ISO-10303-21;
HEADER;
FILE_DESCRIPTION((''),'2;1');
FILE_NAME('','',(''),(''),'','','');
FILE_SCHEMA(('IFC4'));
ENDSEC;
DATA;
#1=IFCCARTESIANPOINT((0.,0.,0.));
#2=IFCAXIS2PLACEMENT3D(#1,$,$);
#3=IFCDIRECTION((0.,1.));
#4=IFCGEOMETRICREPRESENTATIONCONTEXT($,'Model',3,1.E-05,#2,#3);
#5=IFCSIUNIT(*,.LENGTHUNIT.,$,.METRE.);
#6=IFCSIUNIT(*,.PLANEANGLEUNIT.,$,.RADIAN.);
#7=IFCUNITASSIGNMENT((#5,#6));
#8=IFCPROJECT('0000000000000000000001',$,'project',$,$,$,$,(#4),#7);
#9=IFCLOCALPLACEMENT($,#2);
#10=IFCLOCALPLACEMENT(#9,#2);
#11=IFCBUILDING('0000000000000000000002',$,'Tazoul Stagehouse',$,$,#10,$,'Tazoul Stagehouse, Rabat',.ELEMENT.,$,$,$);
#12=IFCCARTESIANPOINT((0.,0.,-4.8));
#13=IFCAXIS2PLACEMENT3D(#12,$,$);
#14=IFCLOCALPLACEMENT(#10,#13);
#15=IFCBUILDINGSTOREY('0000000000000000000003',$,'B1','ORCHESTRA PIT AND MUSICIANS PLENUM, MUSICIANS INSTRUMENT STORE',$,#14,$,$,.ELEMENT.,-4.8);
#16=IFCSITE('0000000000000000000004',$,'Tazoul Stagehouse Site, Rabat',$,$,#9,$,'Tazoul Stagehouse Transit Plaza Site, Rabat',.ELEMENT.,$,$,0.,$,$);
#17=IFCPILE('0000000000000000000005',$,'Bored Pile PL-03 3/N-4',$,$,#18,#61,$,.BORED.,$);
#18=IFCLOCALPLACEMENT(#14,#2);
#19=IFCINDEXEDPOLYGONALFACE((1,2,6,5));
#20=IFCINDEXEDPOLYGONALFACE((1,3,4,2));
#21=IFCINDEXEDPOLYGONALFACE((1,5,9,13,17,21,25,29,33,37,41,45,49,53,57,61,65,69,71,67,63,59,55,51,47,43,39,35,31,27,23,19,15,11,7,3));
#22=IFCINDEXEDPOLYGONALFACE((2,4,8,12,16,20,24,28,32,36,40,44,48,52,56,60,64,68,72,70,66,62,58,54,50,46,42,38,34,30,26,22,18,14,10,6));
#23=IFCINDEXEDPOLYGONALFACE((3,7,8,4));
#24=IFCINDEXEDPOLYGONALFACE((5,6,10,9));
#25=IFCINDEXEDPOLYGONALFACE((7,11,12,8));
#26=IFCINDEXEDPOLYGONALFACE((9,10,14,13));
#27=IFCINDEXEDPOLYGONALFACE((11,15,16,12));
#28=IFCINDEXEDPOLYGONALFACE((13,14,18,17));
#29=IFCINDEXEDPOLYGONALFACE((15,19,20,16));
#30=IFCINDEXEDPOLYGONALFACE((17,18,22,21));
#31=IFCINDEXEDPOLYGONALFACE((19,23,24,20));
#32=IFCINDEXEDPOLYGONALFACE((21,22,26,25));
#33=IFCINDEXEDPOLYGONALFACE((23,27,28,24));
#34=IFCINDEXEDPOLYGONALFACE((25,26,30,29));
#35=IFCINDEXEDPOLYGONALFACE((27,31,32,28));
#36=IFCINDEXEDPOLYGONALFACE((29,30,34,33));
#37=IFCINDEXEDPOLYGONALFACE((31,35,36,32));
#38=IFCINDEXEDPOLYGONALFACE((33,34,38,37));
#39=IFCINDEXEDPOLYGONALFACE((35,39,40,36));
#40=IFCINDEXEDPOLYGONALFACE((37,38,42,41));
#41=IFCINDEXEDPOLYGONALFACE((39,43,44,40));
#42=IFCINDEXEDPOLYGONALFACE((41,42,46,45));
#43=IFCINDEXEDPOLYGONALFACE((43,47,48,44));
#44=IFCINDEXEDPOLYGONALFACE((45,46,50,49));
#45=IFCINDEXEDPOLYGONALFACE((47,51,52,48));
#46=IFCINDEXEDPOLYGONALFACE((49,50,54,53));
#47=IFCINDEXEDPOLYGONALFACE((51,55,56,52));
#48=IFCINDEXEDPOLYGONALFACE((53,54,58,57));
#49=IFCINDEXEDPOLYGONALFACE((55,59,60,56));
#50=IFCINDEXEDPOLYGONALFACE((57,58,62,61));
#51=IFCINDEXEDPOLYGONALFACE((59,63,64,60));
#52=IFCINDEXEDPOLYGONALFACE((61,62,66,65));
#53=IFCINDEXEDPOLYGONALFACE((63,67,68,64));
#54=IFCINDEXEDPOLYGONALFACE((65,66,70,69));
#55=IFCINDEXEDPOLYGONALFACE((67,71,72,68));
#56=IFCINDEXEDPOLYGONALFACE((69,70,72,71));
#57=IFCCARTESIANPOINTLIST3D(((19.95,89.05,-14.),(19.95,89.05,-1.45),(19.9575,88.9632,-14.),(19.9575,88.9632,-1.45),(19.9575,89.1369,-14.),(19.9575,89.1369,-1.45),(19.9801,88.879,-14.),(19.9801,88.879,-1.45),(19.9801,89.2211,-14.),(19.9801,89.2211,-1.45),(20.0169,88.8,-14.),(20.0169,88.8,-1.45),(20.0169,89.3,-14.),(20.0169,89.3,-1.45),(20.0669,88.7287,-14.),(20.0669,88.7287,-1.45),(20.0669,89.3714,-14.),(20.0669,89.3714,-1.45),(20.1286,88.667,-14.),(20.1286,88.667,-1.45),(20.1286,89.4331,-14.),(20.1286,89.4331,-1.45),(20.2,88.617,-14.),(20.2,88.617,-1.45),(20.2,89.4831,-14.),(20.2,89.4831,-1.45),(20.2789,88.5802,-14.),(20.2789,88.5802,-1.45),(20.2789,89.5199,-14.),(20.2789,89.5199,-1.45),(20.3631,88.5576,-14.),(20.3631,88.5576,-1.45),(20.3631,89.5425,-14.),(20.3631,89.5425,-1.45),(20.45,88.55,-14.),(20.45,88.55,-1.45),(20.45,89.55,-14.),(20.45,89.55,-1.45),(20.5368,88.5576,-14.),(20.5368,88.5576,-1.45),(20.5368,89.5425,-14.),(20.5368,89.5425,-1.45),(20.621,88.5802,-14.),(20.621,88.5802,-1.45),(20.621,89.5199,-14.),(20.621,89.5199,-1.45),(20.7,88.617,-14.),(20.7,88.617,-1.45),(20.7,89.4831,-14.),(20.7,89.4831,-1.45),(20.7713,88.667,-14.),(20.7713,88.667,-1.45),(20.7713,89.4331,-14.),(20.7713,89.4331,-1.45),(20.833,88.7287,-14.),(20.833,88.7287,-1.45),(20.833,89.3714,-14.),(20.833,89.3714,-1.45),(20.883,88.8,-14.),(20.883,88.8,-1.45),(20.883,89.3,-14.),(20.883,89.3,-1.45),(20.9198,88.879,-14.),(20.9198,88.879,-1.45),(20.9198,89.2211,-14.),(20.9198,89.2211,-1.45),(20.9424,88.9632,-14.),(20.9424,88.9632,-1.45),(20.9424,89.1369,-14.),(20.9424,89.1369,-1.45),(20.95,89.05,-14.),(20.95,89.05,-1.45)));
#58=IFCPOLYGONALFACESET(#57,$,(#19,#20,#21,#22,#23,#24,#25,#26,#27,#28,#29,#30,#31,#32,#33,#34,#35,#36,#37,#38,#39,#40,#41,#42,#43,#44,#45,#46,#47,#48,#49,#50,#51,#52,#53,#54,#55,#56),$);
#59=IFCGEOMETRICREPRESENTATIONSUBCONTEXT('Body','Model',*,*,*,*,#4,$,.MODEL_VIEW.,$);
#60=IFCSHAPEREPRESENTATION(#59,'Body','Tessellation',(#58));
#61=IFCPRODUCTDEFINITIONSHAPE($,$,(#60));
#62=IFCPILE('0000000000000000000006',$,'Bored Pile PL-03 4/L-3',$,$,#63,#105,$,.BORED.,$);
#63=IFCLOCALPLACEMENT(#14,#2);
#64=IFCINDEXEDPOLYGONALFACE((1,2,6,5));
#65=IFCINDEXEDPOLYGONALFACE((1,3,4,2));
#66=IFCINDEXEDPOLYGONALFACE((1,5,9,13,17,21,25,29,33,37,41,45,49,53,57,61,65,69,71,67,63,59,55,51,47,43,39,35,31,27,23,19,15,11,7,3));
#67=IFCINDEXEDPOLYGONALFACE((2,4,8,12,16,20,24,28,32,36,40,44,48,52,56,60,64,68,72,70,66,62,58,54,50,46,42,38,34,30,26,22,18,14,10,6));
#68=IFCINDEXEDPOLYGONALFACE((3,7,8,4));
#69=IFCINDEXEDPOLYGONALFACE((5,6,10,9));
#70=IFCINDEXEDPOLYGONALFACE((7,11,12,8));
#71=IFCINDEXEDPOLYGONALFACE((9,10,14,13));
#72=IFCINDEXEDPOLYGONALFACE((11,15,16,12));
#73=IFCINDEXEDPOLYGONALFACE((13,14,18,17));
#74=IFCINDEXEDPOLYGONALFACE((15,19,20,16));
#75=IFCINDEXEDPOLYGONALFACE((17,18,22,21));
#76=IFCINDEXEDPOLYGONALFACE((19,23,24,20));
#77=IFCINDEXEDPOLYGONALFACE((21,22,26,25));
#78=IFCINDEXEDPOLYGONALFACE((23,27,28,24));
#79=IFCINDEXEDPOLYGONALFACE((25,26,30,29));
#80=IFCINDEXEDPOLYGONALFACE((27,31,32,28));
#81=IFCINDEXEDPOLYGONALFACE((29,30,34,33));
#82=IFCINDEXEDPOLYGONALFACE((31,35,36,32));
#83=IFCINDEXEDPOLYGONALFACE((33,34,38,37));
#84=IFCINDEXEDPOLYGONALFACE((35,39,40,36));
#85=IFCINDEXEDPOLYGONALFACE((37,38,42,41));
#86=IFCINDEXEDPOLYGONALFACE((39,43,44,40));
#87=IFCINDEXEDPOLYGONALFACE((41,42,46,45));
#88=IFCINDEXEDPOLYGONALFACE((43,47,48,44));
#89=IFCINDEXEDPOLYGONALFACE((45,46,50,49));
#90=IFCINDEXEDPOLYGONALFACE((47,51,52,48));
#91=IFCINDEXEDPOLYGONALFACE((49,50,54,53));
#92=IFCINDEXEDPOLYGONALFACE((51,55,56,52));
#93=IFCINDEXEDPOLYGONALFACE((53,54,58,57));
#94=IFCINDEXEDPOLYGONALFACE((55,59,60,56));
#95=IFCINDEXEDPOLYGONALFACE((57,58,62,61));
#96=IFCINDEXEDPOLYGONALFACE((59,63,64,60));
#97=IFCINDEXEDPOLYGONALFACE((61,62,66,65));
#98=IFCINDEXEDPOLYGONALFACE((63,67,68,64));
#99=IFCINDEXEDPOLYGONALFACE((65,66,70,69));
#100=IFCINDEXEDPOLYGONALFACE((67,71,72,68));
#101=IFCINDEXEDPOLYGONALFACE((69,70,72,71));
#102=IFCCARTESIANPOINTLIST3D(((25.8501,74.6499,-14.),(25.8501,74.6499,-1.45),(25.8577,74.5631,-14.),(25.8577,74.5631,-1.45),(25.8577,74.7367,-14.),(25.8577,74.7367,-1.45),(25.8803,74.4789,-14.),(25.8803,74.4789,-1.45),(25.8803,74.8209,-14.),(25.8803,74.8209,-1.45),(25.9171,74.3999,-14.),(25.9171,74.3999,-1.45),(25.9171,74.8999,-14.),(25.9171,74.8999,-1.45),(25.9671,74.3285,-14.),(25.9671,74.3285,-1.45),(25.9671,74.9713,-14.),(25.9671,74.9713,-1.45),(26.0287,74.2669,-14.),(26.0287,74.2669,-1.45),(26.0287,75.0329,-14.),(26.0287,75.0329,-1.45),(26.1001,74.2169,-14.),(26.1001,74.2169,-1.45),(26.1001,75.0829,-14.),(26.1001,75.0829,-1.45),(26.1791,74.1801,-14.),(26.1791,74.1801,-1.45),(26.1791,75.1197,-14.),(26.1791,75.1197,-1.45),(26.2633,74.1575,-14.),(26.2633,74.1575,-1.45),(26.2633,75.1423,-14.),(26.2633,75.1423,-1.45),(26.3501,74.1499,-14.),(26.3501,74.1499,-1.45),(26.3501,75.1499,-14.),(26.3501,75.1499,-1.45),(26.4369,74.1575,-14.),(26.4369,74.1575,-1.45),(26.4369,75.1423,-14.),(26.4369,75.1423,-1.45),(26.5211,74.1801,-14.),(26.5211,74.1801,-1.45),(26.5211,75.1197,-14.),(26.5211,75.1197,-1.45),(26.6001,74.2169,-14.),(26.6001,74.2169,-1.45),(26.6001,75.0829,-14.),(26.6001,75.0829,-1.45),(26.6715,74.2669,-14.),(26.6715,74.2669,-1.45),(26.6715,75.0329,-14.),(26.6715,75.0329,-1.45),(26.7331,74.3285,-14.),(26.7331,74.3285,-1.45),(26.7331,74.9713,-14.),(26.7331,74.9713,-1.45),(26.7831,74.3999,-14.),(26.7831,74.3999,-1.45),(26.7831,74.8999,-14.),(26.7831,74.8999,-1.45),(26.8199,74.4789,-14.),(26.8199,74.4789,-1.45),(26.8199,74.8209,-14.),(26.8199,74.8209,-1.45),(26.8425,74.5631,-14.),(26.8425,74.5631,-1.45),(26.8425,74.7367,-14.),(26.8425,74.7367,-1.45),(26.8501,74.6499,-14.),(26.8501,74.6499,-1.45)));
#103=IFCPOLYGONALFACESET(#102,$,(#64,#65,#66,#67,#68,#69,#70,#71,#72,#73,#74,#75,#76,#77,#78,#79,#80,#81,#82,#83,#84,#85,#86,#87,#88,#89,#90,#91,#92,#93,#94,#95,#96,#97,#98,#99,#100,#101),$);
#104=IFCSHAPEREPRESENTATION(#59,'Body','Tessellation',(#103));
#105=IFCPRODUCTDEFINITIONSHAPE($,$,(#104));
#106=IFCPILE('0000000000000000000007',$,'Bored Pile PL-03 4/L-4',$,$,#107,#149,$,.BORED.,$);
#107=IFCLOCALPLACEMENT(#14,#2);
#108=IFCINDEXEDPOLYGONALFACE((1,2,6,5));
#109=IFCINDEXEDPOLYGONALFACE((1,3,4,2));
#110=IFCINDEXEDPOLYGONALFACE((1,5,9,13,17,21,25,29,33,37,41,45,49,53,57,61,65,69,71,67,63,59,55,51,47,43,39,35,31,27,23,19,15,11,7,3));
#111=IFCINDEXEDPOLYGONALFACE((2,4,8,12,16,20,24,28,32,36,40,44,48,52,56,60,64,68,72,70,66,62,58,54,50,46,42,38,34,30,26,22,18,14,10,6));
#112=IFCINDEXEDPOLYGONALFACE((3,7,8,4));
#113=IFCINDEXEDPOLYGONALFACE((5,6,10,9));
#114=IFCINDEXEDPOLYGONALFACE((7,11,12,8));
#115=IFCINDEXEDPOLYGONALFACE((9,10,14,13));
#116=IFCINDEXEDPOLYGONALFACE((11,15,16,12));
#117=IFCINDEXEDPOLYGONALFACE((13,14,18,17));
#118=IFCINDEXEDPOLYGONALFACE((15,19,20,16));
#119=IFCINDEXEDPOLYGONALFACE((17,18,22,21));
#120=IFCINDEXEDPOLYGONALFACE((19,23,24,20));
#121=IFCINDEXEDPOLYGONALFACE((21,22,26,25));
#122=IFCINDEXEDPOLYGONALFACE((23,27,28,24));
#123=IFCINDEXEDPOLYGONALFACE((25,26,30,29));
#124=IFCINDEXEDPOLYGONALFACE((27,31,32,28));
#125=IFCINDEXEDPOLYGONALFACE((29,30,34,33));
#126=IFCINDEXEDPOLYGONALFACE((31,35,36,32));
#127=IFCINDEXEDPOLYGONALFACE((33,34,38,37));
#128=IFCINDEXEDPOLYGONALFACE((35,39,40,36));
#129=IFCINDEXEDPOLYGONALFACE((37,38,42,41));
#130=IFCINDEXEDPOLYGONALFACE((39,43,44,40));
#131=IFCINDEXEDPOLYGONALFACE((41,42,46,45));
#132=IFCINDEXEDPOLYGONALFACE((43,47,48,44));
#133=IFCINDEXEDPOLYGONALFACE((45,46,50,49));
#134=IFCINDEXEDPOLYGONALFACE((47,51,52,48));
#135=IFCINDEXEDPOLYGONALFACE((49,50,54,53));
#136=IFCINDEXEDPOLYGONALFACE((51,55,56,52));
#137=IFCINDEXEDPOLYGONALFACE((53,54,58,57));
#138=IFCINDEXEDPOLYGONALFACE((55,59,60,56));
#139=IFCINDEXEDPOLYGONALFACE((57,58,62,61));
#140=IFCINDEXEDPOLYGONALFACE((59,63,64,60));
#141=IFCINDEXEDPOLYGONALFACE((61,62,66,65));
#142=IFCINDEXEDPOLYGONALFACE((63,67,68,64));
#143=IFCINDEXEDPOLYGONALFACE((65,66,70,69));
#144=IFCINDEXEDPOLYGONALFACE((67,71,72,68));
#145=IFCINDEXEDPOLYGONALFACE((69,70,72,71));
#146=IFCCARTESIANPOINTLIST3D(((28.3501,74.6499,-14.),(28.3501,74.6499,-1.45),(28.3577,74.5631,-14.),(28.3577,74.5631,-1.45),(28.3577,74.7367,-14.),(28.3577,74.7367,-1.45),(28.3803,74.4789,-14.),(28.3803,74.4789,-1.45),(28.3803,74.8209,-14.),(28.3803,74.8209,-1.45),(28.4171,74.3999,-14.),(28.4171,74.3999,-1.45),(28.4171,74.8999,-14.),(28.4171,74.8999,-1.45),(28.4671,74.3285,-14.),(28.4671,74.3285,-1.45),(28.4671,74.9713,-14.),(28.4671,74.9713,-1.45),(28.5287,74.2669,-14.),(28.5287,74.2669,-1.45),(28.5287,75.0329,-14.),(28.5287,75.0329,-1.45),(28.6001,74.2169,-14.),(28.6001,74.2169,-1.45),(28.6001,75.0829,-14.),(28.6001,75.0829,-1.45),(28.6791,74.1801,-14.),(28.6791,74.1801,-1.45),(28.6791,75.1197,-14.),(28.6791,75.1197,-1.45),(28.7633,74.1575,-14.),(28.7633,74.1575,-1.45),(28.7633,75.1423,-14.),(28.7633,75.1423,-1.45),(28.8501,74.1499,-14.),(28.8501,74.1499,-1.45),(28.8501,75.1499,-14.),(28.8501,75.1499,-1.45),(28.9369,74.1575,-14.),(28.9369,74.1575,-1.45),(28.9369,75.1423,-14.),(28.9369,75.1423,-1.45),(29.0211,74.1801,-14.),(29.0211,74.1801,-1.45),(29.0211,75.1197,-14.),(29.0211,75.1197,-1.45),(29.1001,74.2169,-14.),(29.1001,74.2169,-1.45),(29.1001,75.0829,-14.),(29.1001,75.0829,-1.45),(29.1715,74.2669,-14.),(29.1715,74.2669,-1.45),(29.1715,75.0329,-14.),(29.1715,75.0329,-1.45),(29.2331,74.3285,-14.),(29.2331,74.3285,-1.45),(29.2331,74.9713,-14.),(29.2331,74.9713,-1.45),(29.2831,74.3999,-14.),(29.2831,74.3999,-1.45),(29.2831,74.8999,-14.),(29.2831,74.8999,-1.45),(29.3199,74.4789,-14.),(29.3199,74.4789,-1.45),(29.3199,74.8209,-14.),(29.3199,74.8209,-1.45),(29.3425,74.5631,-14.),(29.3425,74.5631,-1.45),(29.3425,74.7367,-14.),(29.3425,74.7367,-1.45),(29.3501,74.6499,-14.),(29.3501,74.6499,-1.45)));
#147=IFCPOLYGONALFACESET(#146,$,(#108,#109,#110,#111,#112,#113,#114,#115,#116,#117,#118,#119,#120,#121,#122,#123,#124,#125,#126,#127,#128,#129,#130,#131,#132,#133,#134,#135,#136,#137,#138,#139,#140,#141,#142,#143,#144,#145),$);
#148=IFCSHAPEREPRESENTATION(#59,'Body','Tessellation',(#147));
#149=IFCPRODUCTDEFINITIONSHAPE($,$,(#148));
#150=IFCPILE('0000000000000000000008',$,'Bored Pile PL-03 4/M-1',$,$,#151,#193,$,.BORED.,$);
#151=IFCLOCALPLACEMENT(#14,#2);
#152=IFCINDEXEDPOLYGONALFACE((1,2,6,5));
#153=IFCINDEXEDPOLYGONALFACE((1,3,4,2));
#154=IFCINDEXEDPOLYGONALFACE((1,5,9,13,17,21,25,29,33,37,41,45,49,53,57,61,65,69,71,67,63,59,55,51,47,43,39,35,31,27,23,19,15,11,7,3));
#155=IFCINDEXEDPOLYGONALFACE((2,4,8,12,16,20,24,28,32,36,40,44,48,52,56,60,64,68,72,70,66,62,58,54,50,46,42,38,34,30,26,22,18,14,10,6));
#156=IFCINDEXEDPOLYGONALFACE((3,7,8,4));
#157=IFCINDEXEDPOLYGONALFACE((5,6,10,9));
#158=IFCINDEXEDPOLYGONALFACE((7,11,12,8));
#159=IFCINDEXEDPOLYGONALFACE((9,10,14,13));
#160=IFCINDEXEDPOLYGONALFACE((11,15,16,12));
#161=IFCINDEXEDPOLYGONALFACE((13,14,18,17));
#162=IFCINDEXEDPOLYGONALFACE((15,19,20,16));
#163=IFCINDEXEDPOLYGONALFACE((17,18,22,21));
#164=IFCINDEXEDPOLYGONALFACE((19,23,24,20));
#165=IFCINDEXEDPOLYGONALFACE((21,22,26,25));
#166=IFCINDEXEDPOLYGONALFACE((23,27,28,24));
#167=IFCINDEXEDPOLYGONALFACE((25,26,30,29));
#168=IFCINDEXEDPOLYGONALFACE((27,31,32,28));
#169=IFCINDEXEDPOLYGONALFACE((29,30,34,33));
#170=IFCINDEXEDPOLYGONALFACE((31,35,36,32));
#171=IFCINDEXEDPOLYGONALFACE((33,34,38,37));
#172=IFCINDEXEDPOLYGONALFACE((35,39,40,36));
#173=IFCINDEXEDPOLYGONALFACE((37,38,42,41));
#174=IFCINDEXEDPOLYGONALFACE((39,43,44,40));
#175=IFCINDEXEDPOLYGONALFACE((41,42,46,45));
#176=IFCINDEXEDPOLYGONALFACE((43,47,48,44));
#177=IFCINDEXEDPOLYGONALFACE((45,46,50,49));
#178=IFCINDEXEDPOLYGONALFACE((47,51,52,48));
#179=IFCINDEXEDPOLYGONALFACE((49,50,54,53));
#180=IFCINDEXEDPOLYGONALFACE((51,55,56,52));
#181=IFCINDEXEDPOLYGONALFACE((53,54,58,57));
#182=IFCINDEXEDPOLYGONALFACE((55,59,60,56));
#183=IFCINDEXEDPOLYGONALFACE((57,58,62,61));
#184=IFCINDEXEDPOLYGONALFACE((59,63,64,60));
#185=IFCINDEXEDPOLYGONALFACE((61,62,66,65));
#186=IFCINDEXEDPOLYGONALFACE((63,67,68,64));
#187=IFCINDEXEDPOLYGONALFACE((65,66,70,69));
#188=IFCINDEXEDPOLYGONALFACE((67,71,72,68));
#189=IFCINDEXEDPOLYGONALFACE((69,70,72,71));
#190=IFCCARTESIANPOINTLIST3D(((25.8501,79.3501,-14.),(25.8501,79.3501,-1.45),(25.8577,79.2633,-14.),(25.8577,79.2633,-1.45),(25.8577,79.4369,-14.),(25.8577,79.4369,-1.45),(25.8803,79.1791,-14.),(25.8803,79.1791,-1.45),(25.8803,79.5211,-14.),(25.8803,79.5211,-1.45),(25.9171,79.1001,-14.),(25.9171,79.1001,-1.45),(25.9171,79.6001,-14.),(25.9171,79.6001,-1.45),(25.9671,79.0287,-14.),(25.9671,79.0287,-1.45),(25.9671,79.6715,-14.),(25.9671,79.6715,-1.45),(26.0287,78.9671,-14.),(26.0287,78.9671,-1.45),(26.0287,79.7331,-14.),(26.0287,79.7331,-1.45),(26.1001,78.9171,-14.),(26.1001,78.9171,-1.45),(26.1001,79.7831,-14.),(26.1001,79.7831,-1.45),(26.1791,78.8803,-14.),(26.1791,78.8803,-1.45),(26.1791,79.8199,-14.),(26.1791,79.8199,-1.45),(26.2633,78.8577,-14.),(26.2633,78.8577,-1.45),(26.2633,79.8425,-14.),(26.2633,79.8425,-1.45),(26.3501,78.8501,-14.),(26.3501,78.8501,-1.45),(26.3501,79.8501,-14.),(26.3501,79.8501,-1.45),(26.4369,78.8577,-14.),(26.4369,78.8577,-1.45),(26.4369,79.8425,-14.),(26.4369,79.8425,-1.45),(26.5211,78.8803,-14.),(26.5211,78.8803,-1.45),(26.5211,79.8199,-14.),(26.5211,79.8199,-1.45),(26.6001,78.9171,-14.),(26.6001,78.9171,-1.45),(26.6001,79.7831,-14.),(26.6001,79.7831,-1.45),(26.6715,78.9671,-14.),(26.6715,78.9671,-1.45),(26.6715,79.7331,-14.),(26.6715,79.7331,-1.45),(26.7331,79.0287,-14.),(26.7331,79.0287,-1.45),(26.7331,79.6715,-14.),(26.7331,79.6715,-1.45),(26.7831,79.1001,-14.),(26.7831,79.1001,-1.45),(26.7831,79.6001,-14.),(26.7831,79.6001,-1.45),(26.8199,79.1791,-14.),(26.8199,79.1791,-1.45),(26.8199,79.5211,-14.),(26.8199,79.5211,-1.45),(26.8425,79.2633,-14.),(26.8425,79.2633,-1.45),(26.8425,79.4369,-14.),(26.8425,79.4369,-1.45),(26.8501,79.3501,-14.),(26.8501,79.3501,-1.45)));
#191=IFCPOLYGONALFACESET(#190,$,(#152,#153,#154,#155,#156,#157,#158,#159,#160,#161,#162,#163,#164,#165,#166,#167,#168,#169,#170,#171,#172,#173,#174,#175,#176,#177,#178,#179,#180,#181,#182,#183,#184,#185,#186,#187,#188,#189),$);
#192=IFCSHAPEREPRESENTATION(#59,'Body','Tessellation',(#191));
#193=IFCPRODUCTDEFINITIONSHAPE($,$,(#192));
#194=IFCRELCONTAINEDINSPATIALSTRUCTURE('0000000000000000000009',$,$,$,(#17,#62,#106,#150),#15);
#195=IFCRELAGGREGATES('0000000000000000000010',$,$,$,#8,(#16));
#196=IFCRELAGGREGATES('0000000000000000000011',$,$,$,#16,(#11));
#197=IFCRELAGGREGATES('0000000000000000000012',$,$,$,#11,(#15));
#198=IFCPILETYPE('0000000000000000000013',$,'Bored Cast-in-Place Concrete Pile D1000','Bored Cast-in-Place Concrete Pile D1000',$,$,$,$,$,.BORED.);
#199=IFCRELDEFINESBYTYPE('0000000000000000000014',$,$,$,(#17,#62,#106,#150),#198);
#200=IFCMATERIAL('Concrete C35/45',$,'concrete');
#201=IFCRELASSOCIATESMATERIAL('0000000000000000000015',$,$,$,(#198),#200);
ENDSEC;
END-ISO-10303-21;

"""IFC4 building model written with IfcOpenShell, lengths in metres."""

from ifc_helpers import new_model, si_unit, direction, frame, origin, origin_2d, place, context, subcontext, project, spatial, circle, extrude, material, material_profile, profile_set, type_object, element, save


model = new_model("IFC4")

# Units and contexts
model_context = context("Model", 3, precision=1e-05, world=origin(), true_north=direction((0.0, 1.0)))
body_context = subcontext(model_context, "Body", "Model", "MODEL_VIEW")
ifc_project = project(units=[si_unit("LENGTHUNIT", "METRE"), si_unit("PLANEANGLEUNIT", "RADIAN")], contexts=[model_context])

# Site, building, storey
site_placement = place(None, origin())
site = spatial("IfcSite", under=ifc_project, at=site_placement, Name="Tazoul Stagehouse Site, Rabat", LongName="Tazoul Stagehouse Transit Plaza Site, Rabat", CompositionType="ELEMENT", RefElevation=0.0)
building_placement = place(site_placement, origin())
building = spatial("IfcBuilding", under=site, at=building_placement, Name="Tazoul Stagehouse", LongName="Tazoul Stagehouse, Rabat", CompositionType="ELEMENT")
storey_placement = place(building_placement, frame((0.0, 0.0, -4.8)))
storey = spatial("IfcBuildingStorey", under=building, at=storey_placement, Name="B1", Description="ORCHESTRA PIT AND MUSICIANS PLENUM, MUSICIANS INSTRUMENT STORE", CompositionType="ELEMENT", Elevation=-4.8)

# Piles
ifc_material_1 = material(Name="Concrete C35/45", Category="concrete")
ifc_material_profile_1 = material_profile(ifc_material_1, circle(Radius=0.5, at=origin_2d()), Name="BORED PILE 1000")
ifc_profile_set_1 = profile_set([ifc_material_profile_1], Name="Concrete C35/45")
pile_type = type_object("IfcPileType", Name="Bored Cast-in-Place Concrete Pile D1000", Description="Bored Cast-in-Place Concrete Pile D1000", PredefinedType="BORED", material=ifc_profile_set_1)
for number, where, z_axis, x_axis, name in (
    (1, (20.45, 89.05, -1.45), (0.0, 0.0, -1.0), (1.0, 0.0, 0.0), "Bored Pile PL-03 3/N-4"),
    (2, (26.3501, 74.6499, -1.45), (0.0, 0.0, -1.0), (1.0, 0.0, 0.0), "Bored Pile PL-03 4/L-3"),
    (3, (28.8501, 74.6499, -1.45), (0.0, 0.0, -1.0), (1.0, 0.0, 0.0), "Bored Pile PL-03 4/L-4"),
    (4, (26.3501, 79.3501, -1.45), (0.0, 0.0, -1.0), (1.0, 0.0, 0.0), "Bored Pile PL-03 4/M-1"),
):
    element("IfcPile", number, at=place(storey_placement, frame(where, z_axis=z_axis, x_axis=x_axis)), inside=storey, type_object=pile_type, Name=name, PredefinedType="BORED", context=body_context, shape_type="SweptSolid", body=[
        extrude(circle(Radius=0.5, at=origin_2d()), origin(), (0.0, 0.0, 1.0), 12.55),
    ])

save(model, "model.ifc")
